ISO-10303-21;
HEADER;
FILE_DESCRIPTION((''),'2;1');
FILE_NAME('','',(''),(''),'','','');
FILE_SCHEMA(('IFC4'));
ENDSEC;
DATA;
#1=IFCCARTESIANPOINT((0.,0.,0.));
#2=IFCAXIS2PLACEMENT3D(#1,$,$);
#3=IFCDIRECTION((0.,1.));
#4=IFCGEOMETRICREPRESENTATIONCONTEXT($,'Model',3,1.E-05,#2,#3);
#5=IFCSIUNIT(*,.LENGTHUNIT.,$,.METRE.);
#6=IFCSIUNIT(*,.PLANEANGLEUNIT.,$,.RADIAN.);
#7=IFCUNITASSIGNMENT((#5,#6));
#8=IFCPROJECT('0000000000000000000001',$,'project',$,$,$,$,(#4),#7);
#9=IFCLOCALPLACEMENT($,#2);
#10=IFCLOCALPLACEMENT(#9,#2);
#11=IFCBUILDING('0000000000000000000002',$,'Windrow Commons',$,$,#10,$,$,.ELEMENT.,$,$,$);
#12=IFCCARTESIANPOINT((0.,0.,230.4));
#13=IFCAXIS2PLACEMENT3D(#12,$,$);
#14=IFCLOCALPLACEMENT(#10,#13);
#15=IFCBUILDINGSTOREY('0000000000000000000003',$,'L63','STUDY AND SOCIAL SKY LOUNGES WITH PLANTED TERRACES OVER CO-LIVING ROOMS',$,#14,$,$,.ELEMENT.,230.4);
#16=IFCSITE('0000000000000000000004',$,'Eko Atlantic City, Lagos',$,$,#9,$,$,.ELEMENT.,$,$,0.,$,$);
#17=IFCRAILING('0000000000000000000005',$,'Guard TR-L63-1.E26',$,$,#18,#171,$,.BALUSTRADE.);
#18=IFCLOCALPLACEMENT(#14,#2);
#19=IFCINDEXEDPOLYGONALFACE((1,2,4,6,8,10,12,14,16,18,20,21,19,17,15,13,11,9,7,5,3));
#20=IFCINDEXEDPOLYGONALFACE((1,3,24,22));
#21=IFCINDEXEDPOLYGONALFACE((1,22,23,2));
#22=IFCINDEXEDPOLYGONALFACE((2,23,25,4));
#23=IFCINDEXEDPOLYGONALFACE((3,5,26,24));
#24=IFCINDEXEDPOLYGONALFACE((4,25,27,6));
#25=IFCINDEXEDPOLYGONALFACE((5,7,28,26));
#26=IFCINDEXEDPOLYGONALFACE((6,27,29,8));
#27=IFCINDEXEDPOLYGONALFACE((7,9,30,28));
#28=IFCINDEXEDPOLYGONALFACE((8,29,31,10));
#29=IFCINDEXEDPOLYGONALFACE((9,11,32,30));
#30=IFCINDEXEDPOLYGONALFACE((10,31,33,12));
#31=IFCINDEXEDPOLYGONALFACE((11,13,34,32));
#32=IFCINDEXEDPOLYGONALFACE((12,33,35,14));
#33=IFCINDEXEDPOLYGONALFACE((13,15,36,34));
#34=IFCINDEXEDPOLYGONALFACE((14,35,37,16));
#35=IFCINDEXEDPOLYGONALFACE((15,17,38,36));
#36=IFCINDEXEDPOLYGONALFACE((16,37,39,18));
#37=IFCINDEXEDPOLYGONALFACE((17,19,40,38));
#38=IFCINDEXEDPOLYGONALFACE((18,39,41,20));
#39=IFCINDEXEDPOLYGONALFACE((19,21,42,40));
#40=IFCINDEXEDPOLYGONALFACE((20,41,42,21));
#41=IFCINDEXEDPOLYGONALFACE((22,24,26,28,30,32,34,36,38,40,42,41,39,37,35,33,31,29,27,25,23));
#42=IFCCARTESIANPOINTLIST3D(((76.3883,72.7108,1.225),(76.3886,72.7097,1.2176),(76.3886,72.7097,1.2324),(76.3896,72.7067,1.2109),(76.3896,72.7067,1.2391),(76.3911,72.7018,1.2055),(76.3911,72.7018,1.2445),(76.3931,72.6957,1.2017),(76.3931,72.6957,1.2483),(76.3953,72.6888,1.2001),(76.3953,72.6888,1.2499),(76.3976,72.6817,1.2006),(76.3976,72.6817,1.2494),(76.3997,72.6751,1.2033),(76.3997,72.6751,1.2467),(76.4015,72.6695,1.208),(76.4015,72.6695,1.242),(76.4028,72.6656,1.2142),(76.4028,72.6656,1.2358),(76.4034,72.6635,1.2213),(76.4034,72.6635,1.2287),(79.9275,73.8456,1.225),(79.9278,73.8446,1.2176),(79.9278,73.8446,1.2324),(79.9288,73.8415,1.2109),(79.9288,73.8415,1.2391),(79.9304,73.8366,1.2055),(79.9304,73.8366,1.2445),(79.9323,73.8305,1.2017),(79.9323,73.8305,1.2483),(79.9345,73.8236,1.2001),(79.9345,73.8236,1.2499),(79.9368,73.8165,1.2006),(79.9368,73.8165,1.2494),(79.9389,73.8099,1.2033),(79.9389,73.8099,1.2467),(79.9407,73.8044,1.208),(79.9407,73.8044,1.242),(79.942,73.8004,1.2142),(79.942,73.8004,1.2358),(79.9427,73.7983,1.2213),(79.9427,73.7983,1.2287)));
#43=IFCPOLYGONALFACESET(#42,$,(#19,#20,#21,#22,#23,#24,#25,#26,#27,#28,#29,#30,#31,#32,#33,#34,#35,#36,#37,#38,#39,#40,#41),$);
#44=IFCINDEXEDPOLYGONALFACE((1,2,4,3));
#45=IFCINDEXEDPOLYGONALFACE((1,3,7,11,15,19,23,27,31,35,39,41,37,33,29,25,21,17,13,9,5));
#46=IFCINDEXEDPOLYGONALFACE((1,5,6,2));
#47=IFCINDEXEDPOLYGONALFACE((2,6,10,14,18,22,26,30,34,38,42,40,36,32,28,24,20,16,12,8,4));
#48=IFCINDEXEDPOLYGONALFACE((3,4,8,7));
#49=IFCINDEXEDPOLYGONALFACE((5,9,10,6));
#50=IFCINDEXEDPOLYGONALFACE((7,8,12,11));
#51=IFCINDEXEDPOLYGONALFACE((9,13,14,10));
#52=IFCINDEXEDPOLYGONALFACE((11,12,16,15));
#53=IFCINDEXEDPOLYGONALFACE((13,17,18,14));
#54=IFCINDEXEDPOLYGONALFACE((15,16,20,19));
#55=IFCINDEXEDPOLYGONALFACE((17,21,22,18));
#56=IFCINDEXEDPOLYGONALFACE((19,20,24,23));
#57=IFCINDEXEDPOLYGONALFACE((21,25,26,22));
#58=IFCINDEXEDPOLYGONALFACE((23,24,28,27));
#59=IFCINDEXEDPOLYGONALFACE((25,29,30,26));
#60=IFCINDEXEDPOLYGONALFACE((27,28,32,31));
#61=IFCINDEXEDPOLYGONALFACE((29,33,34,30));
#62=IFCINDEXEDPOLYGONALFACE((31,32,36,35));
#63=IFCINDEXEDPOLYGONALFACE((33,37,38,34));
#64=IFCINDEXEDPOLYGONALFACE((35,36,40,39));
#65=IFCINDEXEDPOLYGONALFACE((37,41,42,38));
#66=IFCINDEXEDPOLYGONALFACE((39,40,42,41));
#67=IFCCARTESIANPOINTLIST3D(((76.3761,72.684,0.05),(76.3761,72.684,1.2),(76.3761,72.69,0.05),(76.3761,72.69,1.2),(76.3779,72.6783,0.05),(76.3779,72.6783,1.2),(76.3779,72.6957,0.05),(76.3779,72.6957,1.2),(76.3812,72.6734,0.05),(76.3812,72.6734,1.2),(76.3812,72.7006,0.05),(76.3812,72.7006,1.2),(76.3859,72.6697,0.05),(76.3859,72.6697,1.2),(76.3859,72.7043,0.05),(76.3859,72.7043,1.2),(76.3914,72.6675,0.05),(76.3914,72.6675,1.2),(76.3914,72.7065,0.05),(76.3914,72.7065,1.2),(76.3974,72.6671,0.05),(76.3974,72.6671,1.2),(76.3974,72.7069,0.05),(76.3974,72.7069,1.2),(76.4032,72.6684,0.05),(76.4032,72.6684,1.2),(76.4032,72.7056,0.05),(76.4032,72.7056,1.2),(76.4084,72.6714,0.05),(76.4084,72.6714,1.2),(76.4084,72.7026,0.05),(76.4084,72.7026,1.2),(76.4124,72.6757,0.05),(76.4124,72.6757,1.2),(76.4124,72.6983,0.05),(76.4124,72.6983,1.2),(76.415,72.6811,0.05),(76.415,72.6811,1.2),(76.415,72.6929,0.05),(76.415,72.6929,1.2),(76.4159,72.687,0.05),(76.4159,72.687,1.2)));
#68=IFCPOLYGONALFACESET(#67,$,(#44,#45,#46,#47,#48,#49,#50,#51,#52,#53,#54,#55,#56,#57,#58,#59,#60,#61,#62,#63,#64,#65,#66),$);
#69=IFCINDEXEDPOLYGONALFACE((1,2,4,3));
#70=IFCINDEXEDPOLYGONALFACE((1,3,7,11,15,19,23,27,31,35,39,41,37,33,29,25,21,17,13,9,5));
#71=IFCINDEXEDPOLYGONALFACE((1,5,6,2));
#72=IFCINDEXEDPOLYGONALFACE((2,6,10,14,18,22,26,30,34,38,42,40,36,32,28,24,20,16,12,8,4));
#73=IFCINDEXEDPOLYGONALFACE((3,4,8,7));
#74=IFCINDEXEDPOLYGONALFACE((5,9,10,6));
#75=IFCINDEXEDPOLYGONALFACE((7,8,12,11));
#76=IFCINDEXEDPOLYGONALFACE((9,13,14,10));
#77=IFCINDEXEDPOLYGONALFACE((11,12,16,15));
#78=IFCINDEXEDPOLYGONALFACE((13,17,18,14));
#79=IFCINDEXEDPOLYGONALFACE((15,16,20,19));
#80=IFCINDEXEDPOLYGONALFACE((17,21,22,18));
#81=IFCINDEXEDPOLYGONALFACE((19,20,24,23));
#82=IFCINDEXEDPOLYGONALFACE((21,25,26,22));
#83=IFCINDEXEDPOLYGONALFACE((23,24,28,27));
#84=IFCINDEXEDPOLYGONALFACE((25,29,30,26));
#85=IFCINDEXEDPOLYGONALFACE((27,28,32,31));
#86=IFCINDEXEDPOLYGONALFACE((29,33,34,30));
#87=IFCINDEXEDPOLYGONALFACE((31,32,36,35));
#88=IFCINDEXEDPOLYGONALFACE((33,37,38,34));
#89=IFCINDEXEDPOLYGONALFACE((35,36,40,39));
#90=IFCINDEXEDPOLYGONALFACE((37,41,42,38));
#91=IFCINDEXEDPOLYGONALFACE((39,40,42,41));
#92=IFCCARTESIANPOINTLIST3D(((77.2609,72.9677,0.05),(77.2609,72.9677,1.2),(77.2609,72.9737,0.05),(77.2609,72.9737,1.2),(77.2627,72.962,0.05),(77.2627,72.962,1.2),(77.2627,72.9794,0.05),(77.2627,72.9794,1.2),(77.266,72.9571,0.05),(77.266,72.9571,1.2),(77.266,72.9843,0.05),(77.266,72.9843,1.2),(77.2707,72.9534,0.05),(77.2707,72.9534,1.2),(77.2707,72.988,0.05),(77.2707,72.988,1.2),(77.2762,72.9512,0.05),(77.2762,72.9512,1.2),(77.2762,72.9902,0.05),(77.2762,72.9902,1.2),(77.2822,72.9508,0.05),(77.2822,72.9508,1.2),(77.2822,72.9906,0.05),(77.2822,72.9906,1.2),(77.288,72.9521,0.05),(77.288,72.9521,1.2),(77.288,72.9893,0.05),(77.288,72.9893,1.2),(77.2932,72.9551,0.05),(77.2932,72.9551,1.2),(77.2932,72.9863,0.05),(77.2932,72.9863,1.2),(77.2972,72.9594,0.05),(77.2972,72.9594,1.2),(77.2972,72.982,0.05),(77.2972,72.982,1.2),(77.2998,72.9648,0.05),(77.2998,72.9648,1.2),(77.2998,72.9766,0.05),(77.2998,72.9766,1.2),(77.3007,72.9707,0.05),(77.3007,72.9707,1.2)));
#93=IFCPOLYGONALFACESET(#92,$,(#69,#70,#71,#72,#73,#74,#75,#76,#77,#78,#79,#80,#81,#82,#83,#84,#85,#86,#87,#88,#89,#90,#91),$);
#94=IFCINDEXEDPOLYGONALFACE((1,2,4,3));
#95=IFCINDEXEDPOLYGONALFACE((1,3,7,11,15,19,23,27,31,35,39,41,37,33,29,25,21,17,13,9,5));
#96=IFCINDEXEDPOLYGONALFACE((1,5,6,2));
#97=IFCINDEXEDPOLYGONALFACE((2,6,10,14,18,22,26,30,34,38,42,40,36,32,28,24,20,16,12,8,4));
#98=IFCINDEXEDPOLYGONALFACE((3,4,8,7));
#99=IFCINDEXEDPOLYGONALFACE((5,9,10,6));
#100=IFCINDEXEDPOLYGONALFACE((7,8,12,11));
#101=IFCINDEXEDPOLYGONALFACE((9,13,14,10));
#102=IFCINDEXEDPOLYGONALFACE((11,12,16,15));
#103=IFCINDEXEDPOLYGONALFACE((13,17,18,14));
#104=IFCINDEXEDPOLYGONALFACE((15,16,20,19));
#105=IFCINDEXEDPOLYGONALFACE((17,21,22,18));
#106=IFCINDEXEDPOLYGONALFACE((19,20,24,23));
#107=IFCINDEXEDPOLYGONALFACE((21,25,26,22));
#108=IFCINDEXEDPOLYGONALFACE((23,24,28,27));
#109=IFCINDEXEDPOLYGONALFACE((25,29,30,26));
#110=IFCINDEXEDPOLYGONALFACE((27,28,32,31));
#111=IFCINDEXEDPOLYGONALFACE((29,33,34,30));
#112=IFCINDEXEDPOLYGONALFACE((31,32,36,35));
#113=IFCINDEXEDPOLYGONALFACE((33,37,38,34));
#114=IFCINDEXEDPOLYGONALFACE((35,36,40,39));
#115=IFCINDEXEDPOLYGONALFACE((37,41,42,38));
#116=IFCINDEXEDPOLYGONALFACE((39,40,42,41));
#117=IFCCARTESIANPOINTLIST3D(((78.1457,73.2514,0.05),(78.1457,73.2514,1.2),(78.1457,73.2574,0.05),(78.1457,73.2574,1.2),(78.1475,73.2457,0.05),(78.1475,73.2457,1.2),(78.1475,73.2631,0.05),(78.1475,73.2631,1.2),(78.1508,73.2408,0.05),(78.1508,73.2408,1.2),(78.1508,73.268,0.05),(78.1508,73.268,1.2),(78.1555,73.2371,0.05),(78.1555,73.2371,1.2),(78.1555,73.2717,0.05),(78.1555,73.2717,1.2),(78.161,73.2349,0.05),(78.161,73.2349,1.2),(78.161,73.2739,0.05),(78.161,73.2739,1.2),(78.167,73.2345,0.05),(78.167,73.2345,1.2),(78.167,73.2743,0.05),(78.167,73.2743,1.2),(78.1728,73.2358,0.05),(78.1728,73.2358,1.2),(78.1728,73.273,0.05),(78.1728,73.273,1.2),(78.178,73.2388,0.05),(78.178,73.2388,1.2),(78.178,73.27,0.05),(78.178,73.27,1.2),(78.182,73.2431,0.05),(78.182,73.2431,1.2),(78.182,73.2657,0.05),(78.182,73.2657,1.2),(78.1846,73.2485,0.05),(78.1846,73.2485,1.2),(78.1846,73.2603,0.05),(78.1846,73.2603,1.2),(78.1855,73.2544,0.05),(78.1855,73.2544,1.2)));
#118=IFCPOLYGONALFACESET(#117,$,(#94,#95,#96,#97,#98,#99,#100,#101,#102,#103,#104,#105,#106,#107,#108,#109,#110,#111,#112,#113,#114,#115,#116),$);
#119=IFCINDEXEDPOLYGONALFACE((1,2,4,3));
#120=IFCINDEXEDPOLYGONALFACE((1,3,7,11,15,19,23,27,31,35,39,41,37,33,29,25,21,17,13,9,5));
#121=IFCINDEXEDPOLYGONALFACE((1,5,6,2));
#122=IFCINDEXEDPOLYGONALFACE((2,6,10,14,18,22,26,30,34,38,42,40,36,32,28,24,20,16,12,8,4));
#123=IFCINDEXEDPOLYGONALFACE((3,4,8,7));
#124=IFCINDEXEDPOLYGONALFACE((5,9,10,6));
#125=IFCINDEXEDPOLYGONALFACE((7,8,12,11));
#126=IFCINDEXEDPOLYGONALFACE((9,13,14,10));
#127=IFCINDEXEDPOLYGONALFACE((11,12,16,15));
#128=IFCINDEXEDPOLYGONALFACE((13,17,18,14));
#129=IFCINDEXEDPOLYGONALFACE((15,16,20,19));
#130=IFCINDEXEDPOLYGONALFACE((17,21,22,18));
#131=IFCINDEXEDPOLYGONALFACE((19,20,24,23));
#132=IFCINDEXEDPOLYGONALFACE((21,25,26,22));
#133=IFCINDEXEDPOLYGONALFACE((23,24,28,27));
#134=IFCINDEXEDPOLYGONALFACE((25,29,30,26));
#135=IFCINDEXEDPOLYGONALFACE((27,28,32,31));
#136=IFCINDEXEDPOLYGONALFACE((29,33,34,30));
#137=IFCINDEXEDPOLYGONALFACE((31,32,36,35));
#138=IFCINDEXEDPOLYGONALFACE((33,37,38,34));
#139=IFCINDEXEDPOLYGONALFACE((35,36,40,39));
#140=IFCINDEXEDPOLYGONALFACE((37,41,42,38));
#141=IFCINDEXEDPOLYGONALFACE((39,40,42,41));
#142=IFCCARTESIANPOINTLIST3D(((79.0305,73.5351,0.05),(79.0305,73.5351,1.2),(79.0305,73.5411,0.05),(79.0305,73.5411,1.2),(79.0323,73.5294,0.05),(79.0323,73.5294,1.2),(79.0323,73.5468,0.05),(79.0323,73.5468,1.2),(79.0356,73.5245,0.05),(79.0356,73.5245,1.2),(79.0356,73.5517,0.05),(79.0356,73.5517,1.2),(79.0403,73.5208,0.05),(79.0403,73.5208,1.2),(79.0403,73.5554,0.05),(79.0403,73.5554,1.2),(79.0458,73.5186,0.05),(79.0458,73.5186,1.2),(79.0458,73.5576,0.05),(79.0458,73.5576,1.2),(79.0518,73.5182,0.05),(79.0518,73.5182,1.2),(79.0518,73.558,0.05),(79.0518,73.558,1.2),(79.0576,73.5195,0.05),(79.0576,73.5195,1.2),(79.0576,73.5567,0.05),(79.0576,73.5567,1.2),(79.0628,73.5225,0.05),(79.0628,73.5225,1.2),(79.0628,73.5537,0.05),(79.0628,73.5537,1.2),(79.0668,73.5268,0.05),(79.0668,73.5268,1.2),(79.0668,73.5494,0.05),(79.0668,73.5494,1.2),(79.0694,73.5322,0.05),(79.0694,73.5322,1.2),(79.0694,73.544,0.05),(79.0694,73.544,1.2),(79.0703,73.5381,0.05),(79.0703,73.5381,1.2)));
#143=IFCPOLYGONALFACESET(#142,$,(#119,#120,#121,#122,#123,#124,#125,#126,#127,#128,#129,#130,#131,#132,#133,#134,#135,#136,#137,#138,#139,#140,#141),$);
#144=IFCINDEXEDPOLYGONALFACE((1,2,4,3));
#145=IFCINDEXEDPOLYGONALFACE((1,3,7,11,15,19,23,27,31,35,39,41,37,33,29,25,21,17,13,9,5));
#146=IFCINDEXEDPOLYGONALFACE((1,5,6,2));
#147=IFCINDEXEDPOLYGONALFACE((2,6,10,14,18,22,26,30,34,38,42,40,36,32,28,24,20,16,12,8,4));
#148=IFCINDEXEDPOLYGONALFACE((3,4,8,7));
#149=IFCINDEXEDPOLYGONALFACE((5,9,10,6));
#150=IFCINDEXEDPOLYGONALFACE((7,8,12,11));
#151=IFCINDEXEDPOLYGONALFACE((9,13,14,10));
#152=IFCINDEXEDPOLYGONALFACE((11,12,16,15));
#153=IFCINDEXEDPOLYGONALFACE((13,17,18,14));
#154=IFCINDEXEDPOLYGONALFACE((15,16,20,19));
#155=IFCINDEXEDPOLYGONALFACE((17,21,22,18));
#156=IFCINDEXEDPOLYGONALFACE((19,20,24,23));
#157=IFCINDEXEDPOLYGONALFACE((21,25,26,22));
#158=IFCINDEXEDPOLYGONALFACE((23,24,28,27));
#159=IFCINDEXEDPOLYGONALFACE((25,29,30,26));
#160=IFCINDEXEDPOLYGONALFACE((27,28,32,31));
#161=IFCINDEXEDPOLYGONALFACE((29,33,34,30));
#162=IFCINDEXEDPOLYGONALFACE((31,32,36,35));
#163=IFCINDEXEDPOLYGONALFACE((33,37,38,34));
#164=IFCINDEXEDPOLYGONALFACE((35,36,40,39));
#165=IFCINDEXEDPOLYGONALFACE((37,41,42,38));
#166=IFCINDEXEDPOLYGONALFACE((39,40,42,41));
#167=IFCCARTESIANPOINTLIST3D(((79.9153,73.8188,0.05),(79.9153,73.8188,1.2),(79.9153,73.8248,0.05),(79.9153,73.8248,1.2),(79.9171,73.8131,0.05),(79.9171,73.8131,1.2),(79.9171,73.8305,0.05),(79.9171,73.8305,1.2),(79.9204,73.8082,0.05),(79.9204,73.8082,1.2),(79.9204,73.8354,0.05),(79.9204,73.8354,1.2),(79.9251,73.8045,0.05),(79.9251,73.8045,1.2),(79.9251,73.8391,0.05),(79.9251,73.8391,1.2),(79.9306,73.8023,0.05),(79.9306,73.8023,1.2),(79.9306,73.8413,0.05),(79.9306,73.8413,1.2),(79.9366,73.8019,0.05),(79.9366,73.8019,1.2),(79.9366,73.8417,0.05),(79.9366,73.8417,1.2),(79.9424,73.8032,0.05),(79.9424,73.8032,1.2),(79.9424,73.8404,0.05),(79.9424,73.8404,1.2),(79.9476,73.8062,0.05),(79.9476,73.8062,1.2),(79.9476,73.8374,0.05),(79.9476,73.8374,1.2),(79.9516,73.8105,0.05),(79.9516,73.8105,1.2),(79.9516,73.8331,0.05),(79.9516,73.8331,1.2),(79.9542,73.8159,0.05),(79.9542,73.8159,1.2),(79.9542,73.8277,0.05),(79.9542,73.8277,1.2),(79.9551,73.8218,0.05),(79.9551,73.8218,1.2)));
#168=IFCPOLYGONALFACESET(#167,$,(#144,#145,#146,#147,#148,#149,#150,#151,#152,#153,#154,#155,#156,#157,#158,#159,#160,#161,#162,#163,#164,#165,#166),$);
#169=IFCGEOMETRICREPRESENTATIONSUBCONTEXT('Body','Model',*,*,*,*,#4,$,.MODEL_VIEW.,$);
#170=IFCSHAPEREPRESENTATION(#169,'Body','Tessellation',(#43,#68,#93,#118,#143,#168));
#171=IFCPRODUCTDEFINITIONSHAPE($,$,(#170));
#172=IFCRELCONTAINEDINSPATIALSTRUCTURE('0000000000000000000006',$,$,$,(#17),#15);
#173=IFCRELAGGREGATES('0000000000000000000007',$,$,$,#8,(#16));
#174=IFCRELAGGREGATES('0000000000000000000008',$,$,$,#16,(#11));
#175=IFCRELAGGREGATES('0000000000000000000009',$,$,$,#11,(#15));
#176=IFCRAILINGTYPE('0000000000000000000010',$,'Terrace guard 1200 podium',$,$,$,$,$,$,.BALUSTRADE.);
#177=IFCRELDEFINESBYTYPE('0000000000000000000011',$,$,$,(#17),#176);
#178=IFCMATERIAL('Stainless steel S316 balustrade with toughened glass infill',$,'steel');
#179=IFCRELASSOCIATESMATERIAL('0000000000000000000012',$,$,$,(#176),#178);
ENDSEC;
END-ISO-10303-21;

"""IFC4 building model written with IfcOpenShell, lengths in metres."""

from ifc_helpers import new_model, si_unit, direction, frame, origin, origin_2d, place, context, subcontext, project, spatial, circle, extrude, material, type_object, element, save


model = new_model("IFC4")

# Units and contexts
model_context = context("Model", 3, precision=1e-05, world=origin(), true_north=direction((0.0, 1.0)))
body_context = subcontext(model_context, "Body", "Model", "MODEL_VIEW")
ifc_project = project(units=[si_unit("LENGTHUNIT", "METRE"), si_unit("PLANEANGLEUNIT", "RADIAN")], contexts=[model_context])

# Site, building, storey
site_placement = place(None, origin())
site = spatial("IfcSite", under=ifc_project, at=site_placement, Name="Eko Atlantic City, Lagos", CompositionType="ELEMENT", RefElevation=0.0)
building_placement = place(site_placement, origin())
building = spatial("IfcBuilding", under=site, at=building_placement, Name="Windrow Commons", CompositionType="ELEMENT")
storey_placement = place(building_placement, frame((0.0, 0.0, 230.4)))
storey = spatial("IfcBuildingStorey", under=building, at=storey_placement, Name="L63", Description="STUDY AND SOCIAL SKY LOUNGES WITH PLANTED TERRACES OVER CO-LIVING ROOMS", CompositionType="ELEMENT", Elevation=230.4)

# Railing
ifc_material_1 = material(Name="Stainless steel S316 balustrade with toughened glass infill", Category="steel")
railing_type_1 = type_object("IfcRailingType", Name="Terrace guard 1200 podium", PredefinedType="BALUSTRADE", material=ifc_material_1)
railing_1_placement = place(storey_placement, frame((76.3959, 72.687, 0.05)))
element("IfcRailing", 1, at=railing_1_placement, inside=storey, type_object=railing_type_1, Name="Guard TR-L63-1.E26", PredefinedType="BALUSTRADE", context=body_context, shape_type="SweptSolid", body=[
    extrude(circle(Radius=0.025, at=origin_2d()), frame((0.0, 0.0, 1.175), z_axis=(0.952248, 0.305326, 0.0), x_axis=(-0.305326, 0.952248, 0.0)), (0.0, 0.0, 1.0), 3.7167),
    extrude(circle(Radius=0.02, at=origin_2d()), origin(), (0.0, 0.0, 1.0), 1.15),
    extrude(circle(Radius=0.02, at=origin_2d()), frame((0.8848, 0.2837, 0.0)), (0.0, 0.0, 1.0), 1.15),
    extrude(circle(Radius=0.02, at=origin_2d()), frame((1.7696, 0.5674, 0.0)), (0.0, 0.0, 1.0), 1.15),
    extrude(circle(Radius=0.02, at=origin_2d()), frame((2.6544, 0.8511, 0.0)), (0.0, 0.0, 1.0), 1.15),
    extrude(circle(Radius=0.02, at=origin_2d()), frame((3.5392, 1.1348, 0.0)), (0.0, 0.0, 1.0), 1.15),
])

save(model, "model.ifc")
